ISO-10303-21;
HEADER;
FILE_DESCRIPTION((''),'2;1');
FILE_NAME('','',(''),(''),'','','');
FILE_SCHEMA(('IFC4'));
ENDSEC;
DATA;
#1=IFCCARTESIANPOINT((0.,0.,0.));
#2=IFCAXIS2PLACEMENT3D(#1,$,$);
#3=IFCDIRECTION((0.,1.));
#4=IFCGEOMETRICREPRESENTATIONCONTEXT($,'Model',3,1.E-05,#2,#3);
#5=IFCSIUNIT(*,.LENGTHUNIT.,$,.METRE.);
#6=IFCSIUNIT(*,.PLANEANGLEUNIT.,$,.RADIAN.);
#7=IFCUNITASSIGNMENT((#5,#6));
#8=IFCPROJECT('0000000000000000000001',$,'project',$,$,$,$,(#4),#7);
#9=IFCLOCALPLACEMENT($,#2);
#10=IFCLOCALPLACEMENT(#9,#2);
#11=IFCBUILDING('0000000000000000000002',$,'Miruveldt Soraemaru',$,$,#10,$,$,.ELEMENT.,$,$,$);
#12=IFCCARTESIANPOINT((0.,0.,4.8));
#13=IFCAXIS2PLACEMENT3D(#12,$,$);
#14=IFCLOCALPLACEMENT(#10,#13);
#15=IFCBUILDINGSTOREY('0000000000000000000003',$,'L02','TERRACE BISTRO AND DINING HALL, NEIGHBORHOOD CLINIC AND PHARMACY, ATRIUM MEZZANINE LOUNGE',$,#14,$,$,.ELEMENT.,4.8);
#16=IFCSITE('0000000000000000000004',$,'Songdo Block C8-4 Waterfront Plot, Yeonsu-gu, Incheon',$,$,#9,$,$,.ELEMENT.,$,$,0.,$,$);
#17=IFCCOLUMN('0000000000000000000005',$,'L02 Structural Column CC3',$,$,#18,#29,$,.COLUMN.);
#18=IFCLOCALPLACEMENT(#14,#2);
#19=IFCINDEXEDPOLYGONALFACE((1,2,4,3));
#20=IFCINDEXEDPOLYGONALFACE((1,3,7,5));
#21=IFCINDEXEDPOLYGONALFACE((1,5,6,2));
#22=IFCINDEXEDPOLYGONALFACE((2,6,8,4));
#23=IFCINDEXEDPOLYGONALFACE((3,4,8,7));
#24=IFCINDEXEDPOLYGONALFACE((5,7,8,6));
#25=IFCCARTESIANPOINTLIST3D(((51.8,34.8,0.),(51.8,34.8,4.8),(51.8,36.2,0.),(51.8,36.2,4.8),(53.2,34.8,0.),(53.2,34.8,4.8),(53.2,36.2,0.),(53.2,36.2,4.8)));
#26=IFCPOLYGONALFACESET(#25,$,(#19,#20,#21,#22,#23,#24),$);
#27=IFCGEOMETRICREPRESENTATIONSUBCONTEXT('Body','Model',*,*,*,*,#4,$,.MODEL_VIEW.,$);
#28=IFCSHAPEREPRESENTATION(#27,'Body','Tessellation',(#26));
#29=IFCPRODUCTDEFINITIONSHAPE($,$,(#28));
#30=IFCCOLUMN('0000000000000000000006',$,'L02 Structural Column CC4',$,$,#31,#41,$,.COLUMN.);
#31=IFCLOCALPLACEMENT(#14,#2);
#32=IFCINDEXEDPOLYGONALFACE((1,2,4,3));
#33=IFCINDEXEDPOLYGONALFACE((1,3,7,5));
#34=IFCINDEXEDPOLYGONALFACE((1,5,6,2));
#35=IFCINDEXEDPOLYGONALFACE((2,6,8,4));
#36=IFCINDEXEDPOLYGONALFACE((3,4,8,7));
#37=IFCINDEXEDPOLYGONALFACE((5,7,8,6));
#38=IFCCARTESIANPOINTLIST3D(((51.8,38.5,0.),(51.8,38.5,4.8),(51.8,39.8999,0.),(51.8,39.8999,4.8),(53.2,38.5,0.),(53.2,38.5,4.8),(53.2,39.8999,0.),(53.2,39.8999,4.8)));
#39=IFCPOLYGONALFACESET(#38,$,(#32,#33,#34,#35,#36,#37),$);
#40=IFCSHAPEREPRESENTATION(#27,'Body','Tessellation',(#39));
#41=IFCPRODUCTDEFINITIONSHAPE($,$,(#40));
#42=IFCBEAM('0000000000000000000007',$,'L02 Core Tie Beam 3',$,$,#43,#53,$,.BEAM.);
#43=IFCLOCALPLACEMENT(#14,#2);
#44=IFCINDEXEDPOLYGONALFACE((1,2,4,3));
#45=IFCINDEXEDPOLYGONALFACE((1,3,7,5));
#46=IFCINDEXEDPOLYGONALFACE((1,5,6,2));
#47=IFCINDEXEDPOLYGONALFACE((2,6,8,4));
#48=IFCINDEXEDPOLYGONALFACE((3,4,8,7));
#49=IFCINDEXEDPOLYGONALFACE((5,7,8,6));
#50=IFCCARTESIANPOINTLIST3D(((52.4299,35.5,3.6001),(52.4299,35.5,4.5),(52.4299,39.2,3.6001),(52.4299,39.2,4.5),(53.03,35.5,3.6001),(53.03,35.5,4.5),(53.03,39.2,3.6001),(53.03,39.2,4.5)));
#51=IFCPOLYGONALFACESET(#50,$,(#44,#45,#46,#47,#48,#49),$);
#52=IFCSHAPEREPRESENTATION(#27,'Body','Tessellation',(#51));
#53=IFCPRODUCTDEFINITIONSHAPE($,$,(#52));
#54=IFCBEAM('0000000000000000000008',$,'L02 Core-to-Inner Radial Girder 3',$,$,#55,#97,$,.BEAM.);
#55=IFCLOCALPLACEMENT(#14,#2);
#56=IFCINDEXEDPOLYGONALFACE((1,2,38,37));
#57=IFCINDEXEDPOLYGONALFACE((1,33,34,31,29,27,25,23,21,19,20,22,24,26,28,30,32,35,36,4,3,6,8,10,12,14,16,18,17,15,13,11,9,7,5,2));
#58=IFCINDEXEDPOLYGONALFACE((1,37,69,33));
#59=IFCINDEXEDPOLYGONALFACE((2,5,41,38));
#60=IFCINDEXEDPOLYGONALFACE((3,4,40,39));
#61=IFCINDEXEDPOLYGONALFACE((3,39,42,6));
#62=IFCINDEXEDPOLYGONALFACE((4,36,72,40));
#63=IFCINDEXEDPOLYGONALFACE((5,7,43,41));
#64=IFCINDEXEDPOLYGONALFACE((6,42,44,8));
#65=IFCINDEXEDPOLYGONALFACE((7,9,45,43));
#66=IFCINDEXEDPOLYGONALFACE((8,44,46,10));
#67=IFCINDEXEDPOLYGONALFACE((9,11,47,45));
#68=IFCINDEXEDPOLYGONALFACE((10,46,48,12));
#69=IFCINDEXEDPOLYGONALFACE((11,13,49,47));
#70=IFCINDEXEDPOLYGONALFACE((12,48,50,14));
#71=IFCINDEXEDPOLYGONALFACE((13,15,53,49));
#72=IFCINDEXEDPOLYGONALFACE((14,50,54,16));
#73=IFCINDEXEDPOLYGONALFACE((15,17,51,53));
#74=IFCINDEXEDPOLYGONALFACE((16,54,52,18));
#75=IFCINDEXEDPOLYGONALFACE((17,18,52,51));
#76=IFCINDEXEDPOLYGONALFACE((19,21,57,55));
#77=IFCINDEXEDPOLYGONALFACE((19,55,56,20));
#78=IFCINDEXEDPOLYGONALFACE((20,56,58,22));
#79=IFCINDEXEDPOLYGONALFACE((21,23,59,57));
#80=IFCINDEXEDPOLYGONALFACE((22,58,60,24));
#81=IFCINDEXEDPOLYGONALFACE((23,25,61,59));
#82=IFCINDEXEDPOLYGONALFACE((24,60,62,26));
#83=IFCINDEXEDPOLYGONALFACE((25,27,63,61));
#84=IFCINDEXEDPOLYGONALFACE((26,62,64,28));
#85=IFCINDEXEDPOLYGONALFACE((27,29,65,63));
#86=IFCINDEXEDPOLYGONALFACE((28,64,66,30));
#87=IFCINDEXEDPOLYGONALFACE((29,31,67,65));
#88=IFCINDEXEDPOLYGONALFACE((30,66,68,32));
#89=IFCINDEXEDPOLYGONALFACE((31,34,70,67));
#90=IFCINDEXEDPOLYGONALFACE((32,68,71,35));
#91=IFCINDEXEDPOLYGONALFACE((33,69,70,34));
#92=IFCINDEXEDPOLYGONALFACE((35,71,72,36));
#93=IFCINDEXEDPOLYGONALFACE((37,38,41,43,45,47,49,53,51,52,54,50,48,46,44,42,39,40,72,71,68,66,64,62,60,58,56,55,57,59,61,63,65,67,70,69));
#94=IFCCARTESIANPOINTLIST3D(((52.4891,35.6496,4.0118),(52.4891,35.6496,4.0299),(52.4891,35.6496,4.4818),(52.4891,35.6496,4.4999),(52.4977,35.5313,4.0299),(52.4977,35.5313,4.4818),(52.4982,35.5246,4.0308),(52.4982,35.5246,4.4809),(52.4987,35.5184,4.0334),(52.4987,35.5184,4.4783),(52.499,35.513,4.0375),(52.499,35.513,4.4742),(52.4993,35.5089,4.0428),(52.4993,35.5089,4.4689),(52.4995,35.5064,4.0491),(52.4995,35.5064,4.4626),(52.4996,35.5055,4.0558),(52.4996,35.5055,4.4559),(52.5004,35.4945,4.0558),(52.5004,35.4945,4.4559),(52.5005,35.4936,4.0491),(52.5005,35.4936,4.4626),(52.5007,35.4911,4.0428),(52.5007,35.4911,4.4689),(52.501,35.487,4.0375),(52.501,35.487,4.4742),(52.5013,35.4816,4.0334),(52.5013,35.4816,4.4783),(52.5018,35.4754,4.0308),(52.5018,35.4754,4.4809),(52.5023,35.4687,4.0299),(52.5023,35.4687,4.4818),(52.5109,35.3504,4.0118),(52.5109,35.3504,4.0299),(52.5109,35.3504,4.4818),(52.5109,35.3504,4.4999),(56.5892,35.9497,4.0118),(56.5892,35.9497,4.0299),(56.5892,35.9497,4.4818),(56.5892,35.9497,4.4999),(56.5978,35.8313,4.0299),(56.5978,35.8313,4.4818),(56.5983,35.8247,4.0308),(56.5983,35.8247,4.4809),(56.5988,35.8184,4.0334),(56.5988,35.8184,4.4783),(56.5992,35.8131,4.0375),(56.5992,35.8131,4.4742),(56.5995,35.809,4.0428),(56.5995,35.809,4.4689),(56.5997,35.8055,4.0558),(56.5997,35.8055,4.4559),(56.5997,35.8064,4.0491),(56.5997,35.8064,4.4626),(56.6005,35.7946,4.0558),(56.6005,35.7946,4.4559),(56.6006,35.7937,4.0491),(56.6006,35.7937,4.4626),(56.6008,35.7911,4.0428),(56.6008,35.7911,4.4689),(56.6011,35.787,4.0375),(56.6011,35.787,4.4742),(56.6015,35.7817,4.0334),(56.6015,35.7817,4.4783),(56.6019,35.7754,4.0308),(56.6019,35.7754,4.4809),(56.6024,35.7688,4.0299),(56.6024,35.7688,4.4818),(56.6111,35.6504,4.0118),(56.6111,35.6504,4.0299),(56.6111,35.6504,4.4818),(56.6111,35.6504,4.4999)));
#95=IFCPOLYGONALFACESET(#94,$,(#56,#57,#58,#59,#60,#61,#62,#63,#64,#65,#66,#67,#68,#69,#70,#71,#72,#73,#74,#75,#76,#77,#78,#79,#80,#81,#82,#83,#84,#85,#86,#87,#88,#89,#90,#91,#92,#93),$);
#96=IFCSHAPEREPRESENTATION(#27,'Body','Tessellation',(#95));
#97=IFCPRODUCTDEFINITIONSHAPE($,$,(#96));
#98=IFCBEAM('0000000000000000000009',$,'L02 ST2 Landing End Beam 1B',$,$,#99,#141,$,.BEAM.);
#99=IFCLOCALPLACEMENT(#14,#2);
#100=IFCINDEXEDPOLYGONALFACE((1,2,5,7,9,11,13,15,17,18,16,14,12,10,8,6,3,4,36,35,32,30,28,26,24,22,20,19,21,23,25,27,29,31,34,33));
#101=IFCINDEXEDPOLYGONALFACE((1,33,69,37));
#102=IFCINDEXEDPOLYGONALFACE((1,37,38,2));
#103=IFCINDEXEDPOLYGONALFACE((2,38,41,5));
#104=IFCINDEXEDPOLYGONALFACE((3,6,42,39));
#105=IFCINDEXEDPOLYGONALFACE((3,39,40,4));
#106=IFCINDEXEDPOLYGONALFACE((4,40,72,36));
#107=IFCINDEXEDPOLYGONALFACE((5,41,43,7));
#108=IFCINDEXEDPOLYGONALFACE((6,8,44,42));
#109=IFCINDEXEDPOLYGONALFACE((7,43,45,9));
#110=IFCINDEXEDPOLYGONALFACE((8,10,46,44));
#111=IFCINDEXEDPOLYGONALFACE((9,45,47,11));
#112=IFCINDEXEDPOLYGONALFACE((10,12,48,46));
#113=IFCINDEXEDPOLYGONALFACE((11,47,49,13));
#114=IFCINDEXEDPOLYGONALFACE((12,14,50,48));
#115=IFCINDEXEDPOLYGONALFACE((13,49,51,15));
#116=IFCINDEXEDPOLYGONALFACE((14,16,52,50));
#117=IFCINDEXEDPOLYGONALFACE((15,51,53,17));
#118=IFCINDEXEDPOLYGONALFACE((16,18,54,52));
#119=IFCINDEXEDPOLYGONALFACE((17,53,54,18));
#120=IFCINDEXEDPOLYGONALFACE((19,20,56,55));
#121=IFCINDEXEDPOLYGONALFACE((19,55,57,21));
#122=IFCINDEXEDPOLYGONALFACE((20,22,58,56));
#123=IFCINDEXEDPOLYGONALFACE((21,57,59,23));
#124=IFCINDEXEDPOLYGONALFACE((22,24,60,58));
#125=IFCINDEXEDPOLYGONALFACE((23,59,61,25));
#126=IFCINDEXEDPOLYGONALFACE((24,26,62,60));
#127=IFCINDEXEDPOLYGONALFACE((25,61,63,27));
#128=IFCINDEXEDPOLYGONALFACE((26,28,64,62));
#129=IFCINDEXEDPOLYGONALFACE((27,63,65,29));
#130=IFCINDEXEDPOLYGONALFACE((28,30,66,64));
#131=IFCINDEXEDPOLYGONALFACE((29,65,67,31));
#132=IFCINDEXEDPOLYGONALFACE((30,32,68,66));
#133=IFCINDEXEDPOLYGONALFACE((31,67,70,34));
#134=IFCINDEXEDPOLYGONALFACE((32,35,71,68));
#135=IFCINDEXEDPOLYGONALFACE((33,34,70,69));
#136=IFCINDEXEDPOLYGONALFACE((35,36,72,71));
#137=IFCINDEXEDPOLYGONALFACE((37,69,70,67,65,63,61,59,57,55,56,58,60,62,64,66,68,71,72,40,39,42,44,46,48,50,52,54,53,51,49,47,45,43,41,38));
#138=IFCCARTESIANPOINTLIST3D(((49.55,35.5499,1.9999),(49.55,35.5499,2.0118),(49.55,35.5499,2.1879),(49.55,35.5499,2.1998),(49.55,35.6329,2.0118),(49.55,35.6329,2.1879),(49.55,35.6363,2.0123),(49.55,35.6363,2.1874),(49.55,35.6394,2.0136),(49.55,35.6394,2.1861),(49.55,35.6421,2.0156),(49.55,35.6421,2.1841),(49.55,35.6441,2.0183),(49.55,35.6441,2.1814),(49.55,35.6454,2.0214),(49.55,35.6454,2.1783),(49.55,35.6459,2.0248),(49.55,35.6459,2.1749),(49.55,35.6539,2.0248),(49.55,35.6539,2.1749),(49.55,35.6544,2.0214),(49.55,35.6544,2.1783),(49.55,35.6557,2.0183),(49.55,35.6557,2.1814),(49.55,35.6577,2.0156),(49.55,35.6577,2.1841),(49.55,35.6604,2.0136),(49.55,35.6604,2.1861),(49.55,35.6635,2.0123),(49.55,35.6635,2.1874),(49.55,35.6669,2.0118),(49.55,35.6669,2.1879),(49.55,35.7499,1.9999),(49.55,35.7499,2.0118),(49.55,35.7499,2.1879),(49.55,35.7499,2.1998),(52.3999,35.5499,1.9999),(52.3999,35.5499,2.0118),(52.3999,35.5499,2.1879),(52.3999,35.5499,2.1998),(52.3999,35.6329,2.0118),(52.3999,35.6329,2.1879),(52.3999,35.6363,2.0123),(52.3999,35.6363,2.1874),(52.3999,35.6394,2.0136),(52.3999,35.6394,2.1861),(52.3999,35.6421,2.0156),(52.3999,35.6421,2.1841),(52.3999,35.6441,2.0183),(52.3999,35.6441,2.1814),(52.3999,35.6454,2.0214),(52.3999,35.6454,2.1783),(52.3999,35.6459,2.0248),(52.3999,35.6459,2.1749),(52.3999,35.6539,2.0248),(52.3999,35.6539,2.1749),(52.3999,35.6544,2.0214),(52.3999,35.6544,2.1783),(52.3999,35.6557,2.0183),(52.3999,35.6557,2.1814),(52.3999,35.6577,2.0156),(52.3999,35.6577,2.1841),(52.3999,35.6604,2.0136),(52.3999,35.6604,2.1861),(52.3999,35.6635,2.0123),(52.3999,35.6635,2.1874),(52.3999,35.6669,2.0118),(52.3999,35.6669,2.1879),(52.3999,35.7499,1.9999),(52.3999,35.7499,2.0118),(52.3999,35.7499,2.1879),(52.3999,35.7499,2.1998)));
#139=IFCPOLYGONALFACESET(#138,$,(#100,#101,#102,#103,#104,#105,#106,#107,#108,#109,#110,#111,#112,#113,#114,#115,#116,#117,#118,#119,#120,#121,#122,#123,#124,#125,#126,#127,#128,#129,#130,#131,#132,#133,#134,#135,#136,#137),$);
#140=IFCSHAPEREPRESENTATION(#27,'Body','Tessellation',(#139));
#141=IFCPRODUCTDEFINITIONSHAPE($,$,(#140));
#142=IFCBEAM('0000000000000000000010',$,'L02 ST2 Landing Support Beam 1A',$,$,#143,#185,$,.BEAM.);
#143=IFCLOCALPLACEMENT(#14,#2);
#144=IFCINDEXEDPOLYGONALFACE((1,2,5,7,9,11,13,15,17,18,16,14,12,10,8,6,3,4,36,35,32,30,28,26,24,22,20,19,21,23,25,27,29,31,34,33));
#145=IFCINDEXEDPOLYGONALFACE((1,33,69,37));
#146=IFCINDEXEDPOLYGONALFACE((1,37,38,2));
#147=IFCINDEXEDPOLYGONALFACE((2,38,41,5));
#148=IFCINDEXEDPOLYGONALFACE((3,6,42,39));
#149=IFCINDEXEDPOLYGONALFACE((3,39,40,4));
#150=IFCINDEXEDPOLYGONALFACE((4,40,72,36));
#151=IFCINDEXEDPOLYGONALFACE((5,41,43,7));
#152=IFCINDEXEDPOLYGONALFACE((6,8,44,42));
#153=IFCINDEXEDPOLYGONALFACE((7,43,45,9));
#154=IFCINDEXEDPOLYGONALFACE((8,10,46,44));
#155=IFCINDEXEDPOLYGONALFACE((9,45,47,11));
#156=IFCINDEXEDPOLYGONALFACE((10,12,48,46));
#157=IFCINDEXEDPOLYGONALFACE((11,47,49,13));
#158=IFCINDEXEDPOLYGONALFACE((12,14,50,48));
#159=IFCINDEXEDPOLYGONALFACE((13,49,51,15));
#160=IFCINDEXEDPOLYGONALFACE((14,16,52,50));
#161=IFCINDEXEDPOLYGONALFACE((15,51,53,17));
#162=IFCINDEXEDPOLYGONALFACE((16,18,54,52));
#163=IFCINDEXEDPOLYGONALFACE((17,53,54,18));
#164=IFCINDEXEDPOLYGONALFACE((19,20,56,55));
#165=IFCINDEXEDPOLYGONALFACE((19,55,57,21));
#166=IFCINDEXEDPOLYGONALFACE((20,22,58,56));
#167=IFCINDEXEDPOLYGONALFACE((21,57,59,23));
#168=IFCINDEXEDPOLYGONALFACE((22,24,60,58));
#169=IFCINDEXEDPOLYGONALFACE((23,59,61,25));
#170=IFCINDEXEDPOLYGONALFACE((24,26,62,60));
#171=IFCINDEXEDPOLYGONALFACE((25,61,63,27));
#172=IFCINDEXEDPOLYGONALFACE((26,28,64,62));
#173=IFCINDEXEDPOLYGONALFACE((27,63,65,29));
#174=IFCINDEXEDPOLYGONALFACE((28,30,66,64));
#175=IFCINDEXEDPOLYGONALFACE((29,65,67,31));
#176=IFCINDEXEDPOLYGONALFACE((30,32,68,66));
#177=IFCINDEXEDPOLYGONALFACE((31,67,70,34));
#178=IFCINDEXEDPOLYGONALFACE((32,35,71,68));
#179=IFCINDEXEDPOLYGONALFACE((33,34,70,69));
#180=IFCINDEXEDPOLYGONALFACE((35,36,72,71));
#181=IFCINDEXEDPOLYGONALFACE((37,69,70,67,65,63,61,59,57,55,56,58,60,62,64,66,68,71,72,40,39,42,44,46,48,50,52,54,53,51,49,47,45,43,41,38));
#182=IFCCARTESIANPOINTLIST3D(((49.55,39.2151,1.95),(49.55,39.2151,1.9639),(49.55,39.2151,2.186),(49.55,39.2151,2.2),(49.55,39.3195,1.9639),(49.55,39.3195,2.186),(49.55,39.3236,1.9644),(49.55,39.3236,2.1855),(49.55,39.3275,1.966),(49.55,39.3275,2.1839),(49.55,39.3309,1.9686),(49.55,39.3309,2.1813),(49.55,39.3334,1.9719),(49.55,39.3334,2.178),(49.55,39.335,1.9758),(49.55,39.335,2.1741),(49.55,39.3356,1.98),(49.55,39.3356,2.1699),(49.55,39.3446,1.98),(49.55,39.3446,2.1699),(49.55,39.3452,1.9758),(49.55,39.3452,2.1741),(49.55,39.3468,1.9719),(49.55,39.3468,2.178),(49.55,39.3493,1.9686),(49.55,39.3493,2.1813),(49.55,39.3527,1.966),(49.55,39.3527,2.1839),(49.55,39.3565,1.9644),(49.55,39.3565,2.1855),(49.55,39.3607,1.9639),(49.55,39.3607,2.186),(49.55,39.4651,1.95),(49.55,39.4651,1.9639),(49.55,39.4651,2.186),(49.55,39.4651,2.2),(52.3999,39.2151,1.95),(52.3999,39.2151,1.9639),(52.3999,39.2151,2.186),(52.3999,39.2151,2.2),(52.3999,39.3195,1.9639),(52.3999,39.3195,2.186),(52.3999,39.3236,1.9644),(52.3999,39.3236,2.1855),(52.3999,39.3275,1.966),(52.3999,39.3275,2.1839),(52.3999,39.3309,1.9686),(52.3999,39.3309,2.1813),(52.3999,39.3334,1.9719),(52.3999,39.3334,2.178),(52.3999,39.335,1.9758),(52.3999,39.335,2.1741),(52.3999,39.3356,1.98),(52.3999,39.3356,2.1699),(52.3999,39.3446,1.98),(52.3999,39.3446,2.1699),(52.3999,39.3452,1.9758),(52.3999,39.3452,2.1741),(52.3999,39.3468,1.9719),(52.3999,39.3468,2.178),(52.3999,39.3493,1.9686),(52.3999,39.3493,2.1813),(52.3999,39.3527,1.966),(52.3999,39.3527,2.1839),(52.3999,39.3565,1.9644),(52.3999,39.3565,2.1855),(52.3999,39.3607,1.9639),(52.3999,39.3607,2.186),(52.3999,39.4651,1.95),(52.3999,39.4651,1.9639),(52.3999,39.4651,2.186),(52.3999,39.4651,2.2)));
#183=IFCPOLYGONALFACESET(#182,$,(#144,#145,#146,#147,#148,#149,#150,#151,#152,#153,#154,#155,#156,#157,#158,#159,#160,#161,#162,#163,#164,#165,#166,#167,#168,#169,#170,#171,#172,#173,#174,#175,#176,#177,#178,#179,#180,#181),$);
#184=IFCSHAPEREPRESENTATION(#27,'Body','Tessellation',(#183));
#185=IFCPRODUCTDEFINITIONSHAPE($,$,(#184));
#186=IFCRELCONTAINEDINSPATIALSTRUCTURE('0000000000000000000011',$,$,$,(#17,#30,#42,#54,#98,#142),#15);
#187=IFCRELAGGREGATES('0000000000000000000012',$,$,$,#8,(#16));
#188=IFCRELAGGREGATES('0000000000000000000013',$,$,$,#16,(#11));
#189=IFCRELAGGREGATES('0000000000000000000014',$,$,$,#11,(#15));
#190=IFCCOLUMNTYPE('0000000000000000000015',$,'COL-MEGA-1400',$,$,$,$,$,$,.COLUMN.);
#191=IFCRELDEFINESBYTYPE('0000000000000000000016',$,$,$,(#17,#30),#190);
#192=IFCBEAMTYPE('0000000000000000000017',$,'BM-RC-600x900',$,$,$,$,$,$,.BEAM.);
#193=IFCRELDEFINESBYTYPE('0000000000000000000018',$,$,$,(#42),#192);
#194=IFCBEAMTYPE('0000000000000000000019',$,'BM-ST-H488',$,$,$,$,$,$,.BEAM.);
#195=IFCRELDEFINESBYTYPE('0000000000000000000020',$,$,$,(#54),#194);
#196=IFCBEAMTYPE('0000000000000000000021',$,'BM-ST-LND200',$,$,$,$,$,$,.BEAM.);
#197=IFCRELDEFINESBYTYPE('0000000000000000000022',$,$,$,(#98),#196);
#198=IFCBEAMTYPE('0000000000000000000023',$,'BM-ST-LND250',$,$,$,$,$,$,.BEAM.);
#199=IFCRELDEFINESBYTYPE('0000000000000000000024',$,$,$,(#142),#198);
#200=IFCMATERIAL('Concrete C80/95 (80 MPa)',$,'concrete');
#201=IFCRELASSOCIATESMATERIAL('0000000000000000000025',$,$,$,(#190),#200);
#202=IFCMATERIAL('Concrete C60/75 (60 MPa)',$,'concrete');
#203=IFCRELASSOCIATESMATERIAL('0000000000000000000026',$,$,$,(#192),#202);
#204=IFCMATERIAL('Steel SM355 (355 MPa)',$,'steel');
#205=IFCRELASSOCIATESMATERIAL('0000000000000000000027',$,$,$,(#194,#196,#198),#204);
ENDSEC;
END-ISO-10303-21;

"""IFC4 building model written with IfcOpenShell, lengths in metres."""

from ifc_helpers import new_model, si_unit, direction, frame, origin, origin_2d, place, context, subcontext, project, spatial, rectangle, i_section, extrude, material, material_profile, profile_set, type_object, element, save


model = new_model("IFC4")

# Units and contexts
model_context = context("Model", 3, precision=1e-05, world=origin(), true_north=direction((0.0, 1.0)))
body_context = subcontext(model_context, "Body", "Model", "MODEL_VIEW")
ifc_project = project(units=[si_unit("LENGTHUNIT", "METRE"), si_unit("PLANEANGLEUNIT", "RADIAN")], contexts=[model_context])

# Site, building, storey
site_placement = place(None, origin())
site = spatial("IfcSite", under=ifc_project, at=site_placement, Name="Songdo Block C8-4 Waterfront Plot, Yeonsu-gu, Incheon", CompositionType="ELEMENT", RefElevation=0.0)
building_placement = place(site_placement, origin())
building = spatial("IfcBuilding", under=site, at=building_placement, Name="Miruveldt Soraemaru", CompositionType="ELEMENT")
storey_placement = place(building_placement, frame((0.0, 0.0, 4.8)))
storey = spatial("IfcBuildingStorey", under=building, at=storey_placement, Name="L02", Description="TERRACE BISTRO AND DINING HALL, NEIGHBORHOOD CLINIC AND PHARMACY, ATRIUM MEZZANINE LOUNGE", CompositionType="ELEMENT", Elevation=4.8)

# Columns
ifc_material_1 = material(Name="Concrete C80/95 (80 MPa)", Category="concrete")
ifc_material_profile_1 = material_profile(ifc_material_1, rectangle(XDim=1.3999, YDim=1.3999, at=origin_2d()), Name="Concrete C80/95 (80 MPa)", Category="concrete")
ifc_profile_set_1 = profile_set([ifc_material_profile_1], Name="Concrete C80/95 (80 MPa)")
column_type = type_object("IfcColumnType", Name="COL-MEGA-1400", PredefinedType="COLUMN", material=ifc_profile_set_1)
for number, where, z_axis, x_axis, name in (
    (1, (52.5, 35.5, 0.0), (0.0, 0.0, 1.0), (1.0, 0.0, 0.0), "L02 Structural Column CC3"),
    (2, (52.5, 39.2, 0.0), (0.0, 0.0, 1.0), (1.0, 0.0, 0.0), "L02 Structural Column CC4"),
):
    element("IfcColumn", number, at=place(storey_placement, frame(where, z_axis=z_axis, x_axis=x_axis)), inside=storey, type_object=column_type, Name=name, PredefinedType="COLUMN", context=body_context, shape_type="SweptSolid", body=[
        extrude(rectangle(XDim=1.3999, YDim=1.3999, at=origin_2d()), origin(), (0.0, 0.0, 1.0), 4.8),
    ])

# Beams
ifc_material_2 = material(Name="Concrete C60/75 (60 MPa)", Category="concrete")
ifc_material_profile_2 = material_profile(ifc_material_2, rectangle(XDim=0.6001, YDim=0.8999, at=origin_2d()), Name="Concrete C60/75 (60 MPa)", Category="concrete")
ifc_profile_set_2 = profile_set([ifc_material_profile_2], Name="Concrete C60/75 (60 MPa)")
beam_type_1 = type_object("IfcBeamType", Name="BM-RC-600x900", PredefinedType="BEAM", material=ifc_profile_set_2)
beam_1_placement = place(storey_placement, frame((52.73, 35.5, 4.05), z_axis=(0.0, 1.0, 0.0), x_axis=(-1.0, 0.0, 0.0)))
element("IfcBeam", 3, at=beam_1_placement, inside=storey, type_object=beam_type_1, Name="L02 Core Tie Beam 3", PredefinedType="BEAM", context=body_context, shape_type="SweptSolid", body=[
    extrude(rectangle(XDim=0.6001, YDim=0.8999, at=origin_2d()), origin(), (0.0, 0.0, 1.0), 3.7),
])
ifc_material_3 = material(Name="Steel SM355 (355 MPa)", Category="steel")
ifc_material_profile_3 = material_profile(ifc_material_3, i_section(OverallWidth=0.3, OverallDepth=0.488, WebThickness=0.011, FlangeThickness=0.0181, FilletRadius=0.0259, at=origin_2d()), Name="Steel SM355 (355 MPa)", Category="steel")
ifc_profile_set_3 = profile_set([ifc_material_profile_3], Name="Steel SM355 (355 MPa)")
beam_type_2 = type_object("IfcBeamType", Name="BM-ST-H488", PredefinedType="BEAM", material=ifc_profile_set_3)
beam_2_placement = place(storey_placement, frame((52.5, 35.5, 4.2559), z_axis=(0.997333, 0.072986, 0.0), x_axis=(-0.072986, 0.997333, 0.0)))
element("IfcBeam", 4, at=beam_2_placement, inside=storey, type_object=beam_type_2, Name="L02 Core-to-Inner Radial Girder 3", PredefinedType="BEAM", context=body_context, shape_type="SweptSolid", body=[
    extrude(i_section(OverallWidth=0.3, OverallDepth=0.488, WebThickness=0.011, FlangeThickness=0.0181, FilletRadius=0.0259, at=origin_2d()), origin(), (0.0, 0.0, 1.0), 4.1111),
])
ifc_material_profile_4 = material_profile(ifc_material_3, i_section(OverallWidth=0.2, OverallDepth=0.2, WebThickness=0.0081, FlangeThickness=0.012, FilletRadius=0.0129, at=origin_2d()), Name="Steel SM355 (355 MPa)", Category="steel")
ifc_profile_set_4 = profile_set([ifc_material_profile_4], Name="Steel SM355 (355 MPa)")
beam_type_3 = type_object("IfcBeamType", Name="BM-ST-LND200", PredefinedType="BEAM", material=ifc_profile_set_4)
beam_3_placement = place(storey_placement, frame((49.55, 35.6499, 2.0999), z_axis=(1.0, 0.0, 0.0), x_axis=(0.0, 1.0, 0.0)))
element("IfcBeam", 5, at=beam_3_placement, inside=storey, type_object=beam_type_3, Name="L02 ST2 Landing End Beam 1B", PredefinedType="BEAM", context=body_context, shape_type="SweptSolid", body=[
    extrude(i_section(OverallWidth=0.2, OverallDepth=0.2, WebThickness=0.0081, FlangeThickness=0.012, FilletRadius=0.0129, at=origin_2d()), origin(), (0.0, 0.0, 1.0), 2.8499),
])
ifc_material_profile_5 = material_profile(ifc_material_3, i_section(OverallWidth=0.25, OverallDepth=0.25, WebThickness=0.009, FlangeThickness=0.0139, FilletRadius=0.0161, at=origin_2d()), Name="Steel SM355 (355 MPa)", Category="steel")
ifc_profile_set_5 = profile_set([ifc_material_profile_5], Name="Steel SM355 (355 MPa)")
beam_type_4 = type_object("IfcBeamType", Name="BM-ST-LND250", PredefinedType="BEAM", material=ifc_profile_set_5)
beam_4_placement = place(storey_placement, frame((49.55, 39.3401, 2.075), z_axis=(1.0, 0.0, 0.0), x_axis=(0.0, 1.0, 0.0)))
element("IfcBeam", 6, at=beam_4_placement, inside=storey, type_object=beam_type_4, Name="L02 ST2 Landing Support Beam 1A", PredefinedType="BEAM", context=body_context, shape_type="SweptSolid", body=[
    extrude(i_section(OverallWidth=0.25, OverallDepth=0.25, WebThickness=0.009, FlangeThickness=0.0139, FilletRadius=0.0161, at=origin_2d()), origin(), (0.0, 0.0, 1.0), 2.8499),
])

save(model, "model.ifc")
